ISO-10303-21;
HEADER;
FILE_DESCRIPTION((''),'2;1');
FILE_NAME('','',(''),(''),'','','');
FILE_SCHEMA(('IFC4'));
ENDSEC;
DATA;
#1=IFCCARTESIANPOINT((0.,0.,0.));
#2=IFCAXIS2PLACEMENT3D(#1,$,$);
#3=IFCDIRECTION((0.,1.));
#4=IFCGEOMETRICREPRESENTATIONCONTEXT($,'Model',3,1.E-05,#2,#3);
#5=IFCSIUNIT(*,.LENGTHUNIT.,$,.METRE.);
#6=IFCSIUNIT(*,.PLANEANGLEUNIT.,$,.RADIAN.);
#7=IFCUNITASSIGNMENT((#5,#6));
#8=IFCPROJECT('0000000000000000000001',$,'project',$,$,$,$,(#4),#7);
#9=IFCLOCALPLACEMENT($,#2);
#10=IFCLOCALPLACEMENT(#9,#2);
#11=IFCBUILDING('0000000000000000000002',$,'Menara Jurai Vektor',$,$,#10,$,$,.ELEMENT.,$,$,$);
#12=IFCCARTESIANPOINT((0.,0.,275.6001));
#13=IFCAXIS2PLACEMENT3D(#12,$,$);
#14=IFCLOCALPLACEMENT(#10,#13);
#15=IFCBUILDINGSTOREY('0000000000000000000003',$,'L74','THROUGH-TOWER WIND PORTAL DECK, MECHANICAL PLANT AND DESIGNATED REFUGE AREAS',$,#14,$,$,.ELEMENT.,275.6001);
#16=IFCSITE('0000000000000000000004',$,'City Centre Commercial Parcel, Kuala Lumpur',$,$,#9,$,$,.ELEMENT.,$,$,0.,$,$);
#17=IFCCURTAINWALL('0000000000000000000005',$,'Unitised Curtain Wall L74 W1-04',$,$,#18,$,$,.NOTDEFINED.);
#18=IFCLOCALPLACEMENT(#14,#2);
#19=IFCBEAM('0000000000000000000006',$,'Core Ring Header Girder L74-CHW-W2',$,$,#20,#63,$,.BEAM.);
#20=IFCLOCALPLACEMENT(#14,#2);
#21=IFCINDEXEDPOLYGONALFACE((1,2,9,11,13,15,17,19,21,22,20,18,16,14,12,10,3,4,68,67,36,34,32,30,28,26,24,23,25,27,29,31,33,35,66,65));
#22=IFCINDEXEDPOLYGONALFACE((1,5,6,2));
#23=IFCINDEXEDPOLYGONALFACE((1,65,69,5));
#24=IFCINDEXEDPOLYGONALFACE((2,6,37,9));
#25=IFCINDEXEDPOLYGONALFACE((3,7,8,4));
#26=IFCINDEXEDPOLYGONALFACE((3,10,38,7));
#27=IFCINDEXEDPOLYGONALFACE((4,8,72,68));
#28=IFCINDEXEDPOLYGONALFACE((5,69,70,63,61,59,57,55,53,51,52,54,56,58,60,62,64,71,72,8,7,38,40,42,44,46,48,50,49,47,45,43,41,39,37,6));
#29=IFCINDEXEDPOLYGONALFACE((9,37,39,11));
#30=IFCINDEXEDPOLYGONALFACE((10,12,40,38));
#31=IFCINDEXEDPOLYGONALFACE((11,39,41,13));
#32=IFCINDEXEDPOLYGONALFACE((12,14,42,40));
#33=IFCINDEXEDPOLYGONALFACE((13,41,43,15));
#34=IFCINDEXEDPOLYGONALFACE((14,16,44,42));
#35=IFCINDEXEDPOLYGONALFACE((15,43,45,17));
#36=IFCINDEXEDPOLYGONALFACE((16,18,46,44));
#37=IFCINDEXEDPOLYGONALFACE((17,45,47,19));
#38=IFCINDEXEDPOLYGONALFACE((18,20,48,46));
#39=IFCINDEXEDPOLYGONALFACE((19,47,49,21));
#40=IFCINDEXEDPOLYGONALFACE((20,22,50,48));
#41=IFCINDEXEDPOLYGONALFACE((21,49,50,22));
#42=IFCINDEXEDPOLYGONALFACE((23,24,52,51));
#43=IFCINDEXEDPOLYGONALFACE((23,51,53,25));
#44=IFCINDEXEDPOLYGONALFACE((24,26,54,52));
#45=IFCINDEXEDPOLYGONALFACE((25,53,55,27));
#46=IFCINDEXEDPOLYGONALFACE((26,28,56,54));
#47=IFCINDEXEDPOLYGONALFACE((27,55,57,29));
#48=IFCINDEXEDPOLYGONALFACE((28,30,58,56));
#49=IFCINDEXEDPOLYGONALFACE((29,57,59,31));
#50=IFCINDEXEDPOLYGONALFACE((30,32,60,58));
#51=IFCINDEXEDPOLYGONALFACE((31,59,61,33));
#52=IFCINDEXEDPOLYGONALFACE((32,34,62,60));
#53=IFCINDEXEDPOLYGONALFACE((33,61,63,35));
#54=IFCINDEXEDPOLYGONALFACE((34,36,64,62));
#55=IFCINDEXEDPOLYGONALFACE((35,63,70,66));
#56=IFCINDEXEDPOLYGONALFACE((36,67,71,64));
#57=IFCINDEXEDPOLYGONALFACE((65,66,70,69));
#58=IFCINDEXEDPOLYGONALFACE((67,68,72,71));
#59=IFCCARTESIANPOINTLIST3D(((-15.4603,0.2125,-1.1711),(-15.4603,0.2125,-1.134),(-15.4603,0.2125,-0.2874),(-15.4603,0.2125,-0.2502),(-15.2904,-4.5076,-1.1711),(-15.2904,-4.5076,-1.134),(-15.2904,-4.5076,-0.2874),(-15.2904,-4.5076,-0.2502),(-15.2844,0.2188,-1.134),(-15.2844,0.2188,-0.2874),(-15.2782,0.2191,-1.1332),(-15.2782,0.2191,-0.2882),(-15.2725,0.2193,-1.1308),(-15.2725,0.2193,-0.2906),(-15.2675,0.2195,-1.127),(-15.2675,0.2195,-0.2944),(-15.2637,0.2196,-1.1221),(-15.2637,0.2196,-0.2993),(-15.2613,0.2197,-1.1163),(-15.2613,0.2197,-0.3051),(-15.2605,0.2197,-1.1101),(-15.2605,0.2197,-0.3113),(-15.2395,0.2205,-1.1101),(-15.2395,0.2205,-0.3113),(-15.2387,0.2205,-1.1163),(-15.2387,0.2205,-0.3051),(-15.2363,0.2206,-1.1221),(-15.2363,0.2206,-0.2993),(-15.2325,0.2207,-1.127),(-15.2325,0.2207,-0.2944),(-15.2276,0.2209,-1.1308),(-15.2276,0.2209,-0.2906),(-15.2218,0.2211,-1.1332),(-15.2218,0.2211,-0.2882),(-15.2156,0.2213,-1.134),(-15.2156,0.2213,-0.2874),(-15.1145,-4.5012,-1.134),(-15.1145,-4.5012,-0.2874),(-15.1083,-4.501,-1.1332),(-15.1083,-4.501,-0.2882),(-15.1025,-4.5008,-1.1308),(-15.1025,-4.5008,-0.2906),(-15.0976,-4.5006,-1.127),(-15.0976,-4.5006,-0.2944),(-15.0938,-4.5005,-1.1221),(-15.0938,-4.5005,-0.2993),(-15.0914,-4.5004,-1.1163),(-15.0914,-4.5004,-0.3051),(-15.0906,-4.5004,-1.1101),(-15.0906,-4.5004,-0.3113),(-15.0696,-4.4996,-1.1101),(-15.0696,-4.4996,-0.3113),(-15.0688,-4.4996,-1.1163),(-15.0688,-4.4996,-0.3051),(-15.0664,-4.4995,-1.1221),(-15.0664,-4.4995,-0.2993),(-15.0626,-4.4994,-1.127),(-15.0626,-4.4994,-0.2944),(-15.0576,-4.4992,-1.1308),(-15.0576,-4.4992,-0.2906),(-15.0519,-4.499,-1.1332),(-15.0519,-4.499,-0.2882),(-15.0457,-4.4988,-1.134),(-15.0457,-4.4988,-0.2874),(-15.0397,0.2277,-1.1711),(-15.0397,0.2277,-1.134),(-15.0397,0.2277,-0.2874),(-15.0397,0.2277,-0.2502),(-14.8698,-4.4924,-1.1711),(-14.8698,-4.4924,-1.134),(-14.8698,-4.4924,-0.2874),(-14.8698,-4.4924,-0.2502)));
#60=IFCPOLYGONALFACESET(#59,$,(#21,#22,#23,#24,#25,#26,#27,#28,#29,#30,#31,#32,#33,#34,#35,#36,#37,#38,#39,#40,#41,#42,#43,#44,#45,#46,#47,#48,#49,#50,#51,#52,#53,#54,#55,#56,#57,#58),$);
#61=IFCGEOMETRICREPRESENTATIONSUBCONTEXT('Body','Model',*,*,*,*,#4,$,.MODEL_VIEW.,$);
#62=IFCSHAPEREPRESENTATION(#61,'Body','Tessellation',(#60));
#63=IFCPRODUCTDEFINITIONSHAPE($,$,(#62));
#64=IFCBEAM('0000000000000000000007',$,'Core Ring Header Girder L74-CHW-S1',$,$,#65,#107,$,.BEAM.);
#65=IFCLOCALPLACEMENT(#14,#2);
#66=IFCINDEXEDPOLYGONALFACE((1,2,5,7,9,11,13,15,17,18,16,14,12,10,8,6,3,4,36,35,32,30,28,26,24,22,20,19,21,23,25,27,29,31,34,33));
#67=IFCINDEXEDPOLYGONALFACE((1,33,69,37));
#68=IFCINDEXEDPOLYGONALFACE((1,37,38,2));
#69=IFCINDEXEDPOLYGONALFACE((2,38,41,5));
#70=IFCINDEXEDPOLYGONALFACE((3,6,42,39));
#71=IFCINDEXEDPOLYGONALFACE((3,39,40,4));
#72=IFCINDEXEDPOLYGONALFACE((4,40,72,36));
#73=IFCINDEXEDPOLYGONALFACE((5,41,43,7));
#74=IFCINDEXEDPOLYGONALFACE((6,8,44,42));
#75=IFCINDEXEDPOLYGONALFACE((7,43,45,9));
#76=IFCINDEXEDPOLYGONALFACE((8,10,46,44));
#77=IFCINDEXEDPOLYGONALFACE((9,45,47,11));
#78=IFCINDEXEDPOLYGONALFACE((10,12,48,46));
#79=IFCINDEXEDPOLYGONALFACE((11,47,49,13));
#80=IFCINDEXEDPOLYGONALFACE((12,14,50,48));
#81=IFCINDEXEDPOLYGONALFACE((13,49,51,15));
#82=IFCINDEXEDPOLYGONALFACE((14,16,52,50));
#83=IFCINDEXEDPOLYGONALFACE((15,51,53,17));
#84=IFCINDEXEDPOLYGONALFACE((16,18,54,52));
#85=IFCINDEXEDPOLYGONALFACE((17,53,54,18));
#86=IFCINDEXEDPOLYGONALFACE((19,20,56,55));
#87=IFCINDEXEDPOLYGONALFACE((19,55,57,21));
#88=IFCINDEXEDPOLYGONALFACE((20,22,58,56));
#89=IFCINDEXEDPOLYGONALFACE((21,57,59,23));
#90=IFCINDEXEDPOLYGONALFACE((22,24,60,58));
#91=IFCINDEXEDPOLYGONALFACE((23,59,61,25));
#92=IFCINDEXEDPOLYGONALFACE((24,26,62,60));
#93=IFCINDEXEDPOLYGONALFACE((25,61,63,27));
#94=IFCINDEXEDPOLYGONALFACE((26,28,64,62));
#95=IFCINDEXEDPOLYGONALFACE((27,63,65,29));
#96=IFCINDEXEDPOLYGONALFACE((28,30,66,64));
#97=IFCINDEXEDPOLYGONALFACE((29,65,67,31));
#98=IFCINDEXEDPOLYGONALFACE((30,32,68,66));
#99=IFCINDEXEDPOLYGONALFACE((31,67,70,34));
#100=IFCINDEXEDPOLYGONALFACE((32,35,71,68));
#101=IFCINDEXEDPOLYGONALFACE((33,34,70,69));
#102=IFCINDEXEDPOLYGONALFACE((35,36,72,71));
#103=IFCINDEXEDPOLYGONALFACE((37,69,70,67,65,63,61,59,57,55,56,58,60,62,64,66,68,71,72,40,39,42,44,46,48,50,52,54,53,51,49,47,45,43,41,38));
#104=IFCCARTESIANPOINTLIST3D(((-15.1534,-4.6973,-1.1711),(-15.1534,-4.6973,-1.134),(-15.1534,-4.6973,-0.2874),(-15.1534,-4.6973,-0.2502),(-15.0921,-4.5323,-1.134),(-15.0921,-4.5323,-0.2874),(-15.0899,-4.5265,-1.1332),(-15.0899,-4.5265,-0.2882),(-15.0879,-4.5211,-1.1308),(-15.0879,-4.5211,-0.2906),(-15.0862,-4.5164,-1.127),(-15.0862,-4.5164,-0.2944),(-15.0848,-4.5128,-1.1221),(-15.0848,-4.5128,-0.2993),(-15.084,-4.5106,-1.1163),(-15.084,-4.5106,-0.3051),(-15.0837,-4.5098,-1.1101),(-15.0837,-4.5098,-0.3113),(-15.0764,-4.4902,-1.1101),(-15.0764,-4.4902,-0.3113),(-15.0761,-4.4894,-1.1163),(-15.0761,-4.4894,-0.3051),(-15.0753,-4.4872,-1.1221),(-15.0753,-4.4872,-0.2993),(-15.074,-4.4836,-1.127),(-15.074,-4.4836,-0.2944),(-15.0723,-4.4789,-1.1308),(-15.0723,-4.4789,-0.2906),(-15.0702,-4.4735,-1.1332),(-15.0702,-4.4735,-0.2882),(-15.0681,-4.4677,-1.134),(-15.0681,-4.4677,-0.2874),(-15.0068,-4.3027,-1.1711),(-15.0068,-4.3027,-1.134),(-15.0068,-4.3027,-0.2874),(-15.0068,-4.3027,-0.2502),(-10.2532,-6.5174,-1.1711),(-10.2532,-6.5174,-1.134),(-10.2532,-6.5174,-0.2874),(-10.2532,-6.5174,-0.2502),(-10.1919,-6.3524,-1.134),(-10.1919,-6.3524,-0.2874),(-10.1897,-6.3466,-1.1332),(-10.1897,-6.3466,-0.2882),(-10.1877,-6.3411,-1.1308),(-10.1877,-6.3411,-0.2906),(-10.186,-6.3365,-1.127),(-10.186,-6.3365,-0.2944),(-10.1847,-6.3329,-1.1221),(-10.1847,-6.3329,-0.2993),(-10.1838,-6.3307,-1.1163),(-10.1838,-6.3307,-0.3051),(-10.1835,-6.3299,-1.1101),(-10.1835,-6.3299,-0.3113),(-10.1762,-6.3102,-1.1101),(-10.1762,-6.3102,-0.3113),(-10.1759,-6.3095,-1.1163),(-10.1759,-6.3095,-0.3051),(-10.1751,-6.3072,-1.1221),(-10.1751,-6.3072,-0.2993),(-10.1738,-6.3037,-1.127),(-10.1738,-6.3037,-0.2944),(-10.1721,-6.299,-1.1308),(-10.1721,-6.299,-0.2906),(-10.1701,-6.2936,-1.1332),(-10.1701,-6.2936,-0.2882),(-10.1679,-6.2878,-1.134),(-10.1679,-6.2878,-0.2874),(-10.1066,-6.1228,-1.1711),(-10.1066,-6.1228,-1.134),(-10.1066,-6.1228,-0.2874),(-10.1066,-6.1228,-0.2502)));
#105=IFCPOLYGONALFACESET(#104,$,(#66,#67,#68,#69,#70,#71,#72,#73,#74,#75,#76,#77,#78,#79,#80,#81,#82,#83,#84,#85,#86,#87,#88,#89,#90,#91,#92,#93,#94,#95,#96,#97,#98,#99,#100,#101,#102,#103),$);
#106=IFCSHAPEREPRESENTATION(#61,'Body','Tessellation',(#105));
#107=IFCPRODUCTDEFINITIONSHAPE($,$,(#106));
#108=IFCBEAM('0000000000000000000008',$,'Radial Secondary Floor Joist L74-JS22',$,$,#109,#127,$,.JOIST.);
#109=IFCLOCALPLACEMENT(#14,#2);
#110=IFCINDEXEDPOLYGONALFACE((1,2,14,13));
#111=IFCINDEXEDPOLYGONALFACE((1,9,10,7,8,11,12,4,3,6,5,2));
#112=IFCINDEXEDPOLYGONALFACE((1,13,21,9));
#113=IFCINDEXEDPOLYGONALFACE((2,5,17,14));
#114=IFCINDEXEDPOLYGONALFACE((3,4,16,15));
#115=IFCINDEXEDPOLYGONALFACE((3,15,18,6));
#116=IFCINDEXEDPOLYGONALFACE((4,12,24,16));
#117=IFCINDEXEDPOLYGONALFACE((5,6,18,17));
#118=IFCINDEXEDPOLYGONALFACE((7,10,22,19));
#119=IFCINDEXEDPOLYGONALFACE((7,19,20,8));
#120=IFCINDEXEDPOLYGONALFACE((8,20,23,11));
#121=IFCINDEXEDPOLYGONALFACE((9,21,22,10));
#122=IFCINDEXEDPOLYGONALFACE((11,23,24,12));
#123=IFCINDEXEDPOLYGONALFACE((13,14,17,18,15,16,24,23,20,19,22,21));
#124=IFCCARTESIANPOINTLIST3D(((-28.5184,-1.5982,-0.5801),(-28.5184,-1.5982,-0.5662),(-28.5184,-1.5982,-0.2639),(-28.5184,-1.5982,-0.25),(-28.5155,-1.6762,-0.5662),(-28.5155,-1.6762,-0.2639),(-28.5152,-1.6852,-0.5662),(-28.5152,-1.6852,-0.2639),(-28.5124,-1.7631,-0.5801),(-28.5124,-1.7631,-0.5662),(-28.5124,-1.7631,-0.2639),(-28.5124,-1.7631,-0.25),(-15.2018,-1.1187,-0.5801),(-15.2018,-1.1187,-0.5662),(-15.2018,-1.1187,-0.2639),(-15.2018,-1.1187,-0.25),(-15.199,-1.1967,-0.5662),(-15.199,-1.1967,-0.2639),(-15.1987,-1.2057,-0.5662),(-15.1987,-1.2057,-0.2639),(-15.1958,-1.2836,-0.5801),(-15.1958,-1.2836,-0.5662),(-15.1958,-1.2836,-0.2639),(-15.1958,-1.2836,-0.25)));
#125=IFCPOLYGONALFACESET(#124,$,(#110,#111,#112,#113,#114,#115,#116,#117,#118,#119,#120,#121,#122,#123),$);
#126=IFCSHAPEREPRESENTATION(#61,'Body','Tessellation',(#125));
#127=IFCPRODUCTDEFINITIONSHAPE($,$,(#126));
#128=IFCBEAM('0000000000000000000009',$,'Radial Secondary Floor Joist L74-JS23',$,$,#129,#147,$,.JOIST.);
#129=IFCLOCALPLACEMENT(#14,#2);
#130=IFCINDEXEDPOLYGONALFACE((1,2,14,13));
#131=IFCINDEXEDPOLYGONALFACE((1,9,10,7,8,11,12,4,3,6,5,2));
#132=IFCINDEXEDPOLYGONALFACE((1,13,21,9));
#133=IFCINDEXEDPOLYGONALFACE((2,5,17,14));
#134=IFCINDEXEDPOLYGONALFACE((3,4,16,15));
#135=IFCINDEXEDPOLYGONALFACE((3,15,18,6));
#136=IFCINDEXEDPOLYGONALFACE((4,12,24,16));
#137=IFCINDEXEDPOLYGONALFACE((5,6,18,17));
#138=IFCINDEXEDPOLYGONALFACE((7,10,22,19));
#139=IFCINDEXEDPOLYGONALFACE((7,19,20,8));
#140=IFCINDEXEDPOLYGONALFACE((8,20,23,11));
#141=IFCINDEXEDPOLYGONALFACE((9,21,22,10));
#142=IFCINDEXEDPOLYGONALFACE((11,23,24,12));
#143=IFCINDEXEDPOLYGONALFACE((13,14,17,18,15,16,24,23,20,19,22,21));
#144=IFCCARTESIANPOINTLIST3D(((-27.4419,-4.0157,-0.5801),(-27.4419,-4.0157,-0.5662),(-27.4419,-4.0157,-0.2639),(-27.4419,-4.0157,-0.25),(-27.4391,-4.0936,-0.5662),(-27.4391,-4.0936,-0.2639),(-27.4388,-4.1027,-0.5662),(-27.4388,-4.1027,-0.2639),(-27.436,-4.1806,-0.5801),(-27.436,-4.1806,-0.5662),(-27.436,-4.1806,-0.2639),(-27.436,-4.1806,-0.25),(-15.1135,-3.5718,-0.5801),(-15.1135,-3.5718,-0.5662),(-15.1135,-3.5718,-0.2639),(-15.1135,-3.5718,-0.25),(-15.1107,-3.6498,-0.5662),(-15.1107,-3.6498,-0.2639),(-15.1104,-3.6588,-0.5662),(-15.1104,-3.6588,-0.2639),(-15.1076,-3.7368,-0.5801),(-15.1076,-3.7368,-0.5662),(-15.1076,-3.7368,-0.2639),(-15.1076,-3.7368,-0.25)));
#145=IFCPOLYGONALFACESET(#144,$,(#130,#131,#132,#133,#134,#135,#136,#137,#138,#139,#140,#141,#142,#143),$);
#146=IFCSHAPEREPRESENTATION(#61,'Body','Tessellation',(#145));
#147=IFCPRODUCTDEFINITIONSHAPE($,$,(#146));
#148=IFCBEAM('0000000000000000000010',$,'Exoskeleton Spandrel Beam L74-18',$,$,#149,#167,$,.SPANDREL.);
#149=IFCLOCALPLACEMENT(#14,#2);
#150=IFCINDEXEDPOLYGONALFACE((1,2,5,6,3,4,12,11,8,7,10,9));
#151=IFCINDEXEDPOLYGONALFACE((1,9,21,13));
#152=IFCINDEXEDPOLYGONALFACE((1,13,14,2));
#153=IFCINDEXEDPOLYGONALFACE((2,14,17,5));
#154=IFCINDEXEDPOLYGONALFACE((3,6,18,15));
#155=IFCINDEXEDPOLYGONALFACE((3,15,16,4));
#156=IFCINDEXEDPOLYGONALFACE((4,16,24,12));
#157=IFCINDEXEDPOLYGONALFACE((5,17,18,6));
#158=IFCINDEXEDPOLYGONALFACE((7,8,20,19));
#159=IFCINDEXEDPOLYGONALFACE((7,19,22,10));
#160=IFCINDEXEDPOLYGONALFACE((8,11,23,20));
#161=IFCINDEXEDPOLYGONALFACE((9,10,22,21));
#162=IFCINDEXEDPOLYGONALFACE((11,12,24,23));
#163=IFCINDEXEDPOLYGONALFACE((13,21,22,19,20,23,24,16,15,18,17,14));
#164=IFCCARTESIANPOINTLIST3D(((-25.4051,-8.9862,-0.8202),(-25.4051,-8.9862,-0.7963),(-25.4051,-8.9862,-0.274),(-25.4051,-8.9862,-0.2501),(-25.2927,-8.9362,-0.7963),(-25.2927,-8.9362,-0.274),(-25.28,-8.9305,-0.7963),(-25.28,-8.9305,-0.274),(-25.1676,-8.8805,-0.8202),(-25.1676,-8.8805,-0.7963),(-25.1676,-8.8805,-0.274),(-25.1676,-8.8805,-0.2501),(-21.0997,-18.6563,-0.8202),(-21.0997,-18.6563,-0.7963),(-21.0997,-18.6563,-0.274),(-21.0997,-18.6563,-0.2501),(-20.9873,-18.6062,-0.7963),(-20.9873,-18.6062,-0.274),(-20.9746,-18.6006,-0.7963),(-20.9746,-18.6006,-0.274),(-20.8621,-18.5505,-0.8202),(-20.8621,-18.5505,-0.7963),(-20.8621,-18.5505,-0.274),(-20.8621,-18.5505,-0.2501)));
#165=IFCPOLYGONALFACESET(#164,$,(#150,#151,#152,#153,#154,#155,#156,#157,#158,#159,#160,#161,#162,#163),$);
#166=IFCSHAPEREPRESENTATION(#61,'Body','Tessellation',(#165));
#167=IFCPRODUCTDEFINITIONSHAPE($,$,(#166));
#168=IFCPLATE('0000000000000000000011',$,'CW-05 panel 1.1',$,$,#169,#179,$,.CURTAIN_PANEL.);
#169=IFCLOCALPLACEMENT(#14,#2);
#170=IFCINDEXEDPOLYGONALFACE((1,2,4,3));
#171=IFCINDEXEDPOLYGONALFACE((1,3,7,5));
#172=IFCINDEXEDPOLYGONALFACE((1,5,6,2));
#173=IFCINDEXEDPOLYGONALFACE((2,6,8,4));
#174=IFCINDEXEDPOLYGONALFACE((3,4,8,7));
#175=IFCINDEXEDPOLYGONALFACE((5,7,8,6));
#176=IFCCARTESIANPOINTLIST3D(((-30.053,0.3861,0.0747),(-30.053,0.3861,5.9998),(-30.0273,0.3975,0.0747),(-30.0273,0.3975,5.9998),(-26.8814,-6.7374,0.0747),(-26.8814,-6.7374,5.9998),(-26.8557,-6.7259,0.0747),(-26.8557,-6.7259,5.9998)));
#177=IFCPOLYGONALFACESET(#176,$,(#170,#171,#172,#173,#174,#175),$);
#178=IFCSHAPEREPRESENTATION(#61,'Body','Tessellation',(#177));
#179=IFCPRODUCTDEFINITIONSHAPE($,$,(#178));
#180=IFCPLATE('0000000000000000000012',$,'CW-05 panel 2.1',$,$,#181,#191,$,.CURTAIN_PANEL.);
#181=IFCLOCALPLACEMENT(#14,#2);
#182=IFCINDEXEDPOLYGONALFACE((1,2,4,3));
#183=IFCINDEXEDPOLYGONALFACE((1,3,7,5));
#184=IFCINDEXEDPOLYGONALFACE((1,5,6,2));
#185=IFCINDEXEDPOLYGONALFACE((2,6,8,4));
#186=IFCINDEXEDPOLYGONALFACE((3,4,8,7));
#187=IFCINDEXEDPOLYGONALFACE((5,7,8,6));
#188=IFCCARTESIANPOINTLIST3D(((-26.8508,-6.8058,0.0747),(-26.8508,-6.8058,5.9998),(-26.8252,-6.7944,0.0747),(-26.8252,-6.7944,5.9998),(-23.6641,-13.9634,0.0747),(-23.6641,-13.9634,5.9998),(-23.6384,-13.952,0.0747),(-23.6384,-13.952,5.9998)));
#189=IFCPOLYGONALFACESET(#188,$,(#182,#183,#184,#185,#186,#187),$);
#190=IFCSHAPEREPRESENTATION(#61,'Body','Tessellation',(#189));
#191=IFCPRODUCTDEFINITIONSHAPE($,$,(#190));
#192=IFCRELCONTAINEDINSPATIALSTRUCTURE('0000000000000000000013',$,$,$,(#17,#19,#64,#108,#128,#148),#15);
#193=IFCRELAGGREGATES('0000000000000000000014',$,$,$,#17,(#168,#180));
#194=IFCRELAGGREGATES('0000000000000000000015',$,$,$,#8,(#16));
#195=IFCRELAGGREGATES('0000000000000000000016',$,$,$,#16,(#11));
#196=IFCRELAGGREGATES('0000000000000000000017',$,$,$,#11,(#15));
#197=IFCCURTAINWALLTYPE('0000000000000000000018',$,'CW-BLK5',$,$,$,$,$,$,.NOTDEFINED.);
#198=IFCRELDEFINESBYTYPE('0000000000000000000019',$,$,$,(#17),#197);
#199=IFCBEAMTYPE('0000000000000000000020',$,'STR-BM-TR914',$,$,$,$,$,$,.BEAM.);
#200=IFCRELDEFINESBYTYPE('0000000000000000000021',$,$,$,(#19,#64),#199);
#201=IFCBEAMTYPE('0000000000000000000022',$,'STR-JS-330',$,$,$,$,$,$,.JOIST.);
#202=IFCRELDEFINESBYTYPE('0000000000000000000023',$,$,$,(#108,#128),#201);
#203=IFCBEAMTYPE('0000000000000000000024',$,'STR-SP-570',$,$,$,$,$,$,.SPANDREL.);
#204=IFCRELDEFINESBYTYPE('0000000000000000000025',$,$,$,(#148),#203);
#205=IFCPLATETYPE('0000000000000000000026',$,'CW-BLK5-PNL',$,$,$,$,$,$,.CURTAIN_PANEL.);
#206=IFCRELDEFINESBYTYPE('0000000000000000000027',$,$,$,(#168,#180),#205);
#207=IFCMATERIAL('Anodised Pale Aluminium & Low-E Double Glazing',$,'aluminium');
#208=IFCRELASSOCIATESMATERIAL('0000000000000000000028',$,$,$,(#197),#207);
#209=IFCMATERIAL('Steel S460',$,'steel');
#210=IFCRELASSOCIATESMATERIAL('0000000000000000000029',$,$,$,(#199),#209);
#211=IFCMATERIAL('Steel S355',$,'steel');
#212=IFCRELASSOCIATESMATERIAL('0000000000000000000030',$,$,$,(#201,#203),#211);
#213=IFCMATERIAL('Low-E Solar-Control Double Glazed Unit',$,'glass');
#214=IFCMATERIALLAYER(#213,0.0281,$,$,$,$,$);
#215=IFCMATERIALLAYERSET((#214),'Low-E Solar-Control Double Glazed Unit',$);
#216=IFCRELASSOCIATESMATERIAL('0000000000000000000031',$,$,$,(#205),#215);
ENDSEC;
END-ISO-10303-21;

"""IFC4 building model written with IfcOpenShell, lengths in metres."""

from ifc_helpers import new_model, si_unit, direction, frame, origin, origin_2d, place, context, subcontext, project, spatial, rectangle, i_section, extrude, material, layer, layer_set, material_profile, profile_set, type_object, element, aggregate, save


model = new_model("IFC4")

# Units and contexts
model_context = context("Model", 3, precision=1e-05, world=origin(), true_north=direction((0.0, 1.0)))
body_context = subcontext(model_context, "Body", "Model", "MODEL_VIEW")
ifc_project = project(units=[si_unit("LENGTHUNIT", "METRE"), si_unit("PLANEANGLEUNIT", "RADIAN")], contexts=[model_context])

# Site, building, storey
site_placement = place(None, origin())
site = spatial("IfcSite", under=ifc_project, at=site_placement, Name="City Centre Commercial Parcel, Kuala Lumpur", CompositionType="ELEMENT", RefElevation=0.0)
building_placement = place(site_placement, origin())
building = spatial("IfcBuilding", under=site, at=building_placement, Name="Menara Jurai Vektor", CompositionType="ELEMENT")
storey_placement = place(building_placement, frame((0.0, 0.0, 275.6001)))
storey = spatial("IfcBuildingStorey", under=building, at=storey_placement, Name="L74", Description="THROUGH-TOWER WIND PORTAL DECK, MECHANICAL PLANT AND DESIGNATED REFUGE AREAS", CompositionType="ELEMENT", Elevation=275.6001)

# Shared definitions
ifc_material_1 = material(Name="Steel S460", Category="steel")

# Curtain wall
ifc_material_2 = material(Name="Anodised Pale Aluminium & Low-E Double Glazing", Category="aluminium")
curtain_wall_type = type_object("IfcCurtainWallType", Name="CW-BLK5", PredefinedType="NOTDEFINED", material=ifc_material_2)
curtain_wall_placement = place(storey_placement, origin())
curtain_wall = element("IfcCurtainWall", 1, at=curtain_wall_placement, inside=storey, type_object=curtain_wall_type, Name="Unitised Curtain Wall L74 W1-04", PredefinedType="NOTDEFINED")

# Beams
ifc_material_3 = material(Name="Steel S355", Category="steel")
ifc_material_profile_1 = material_profile(ifc_material_1, i_section(OverallWidth=0.4209, OverallDepth=0.9209, WebThickness=0.021, FlangeThickness=0.0371, FilletRadius=0.0239, at=origin_2d()), Name="UKB 914x419x388")
ifc_profile_set_1 = profile_set([ifc_material_profile_1], Name="Steel S460")
beam_type_1 = type_object("IfcBeamType", Name="STR-BM-TR914", PredefinedType="BEAM", material=ifc_profile_set_1)
beam_1_placement = place(storey_placement, frame((-15.0801, -4.5, -0.7107), z_axis=(-0.035977, 0.999353, 0.0), x_axis=(-0.999353, -0.035977, 0.0)))
element("IfcBeam", 2, at=beam_1_placement, inside=storey, type_object=beam_type_1, Name="Core Ring Header Girder L74-CHW-W2", PredefinedType="BEAM", context=body_context, shape_type="SweptSolid", body=[
    extrude(i_section(OverallWidth=0.4209, OverallDepth=0.9209, WebThickness=0.021, FlangeThickness=0.0371, FilletRadius=0.0239, at=origin_2d()), origin(), (0.0, 0.0, 1.0), 4.7231),
])
beam_2_placement = place(storey_placement, frame((-15.0801, -4.5, -0.7107), z_axis=(0.937424, -0.348189, 0.0), x_axis=(0.348189, 0.937424, 0.0)))
element("IfcBeam", 3, at=beam_2_placement, inside=storey, type_object=beam_type_1, Name="Core Ring Header Girder L74-CHW-S1", PredefinedType="BEAM", context=body_context, shape_type="SweptSolid", body=[
    extrude(i_section(OverallWidth=0.4209, OverallDepth=0.9209, WebThickness=0.021, FlangeThickness=0.0371, FilletRadius=0.0239, at=origin_2d()), origin(), (0.0, 0.0, 1.0), 5.2273),
])
ifc_material_profile_2 = material_profile(ifc_material_3, i_section(OverallWidth=0.165, OverallDepth=0.3301, WebThickness=0.009, FlangeThickness=0.0139, at=origin_2d()), Name="PG 330x165x46")
ifc_profile_set_2 = profile_set([ifc_material_profile_2], Name="Steel S355")
beam_type_2 = type_object("IfcBeamType", Name="STR-JS-330", PredefinedType="JOIST", material=ifc_profile_set_2)
beam_3_placement = place(storey_placement, frame((-28.5154, -1.6807, -0.415), z_axis=(0.999352, 0.035984, 0.0), x_axis=(-0.035984, 0.999352, 0.0)))
element("IfcBeam", 4, at=beam_3_placement, inside=storey, type_object=beam_type_2, Name="Radial Secondary Floor Joist L74-JS22", PredefinedType="JOIST", context=body_context, shape_type="SweptSolid", body=[
    extrude(i_section(OverallWidth=0.165, OverallDepth=0.3301, WebThickness=0.009, FlangeThickness=0.0139, at=origin_2d()), origin(), (0.0, 0.0, 1.0), 13.3252),
])
beam_4_placement = place(storey_placement, frame((-27.439, -4.0981, -0.415), z_axis=(0.999353, 0.035979, 0.0), x_axis=(-0.035979, 0.999353, 0.0)))
element("IfcBeam", 5, at=beam_4_placement, inside=storey, type_object=beam_type_2, Name="Radial Secondary Floor Joist L74-JS23", PredefinedType="JOIST", context=body_context, shape_type="SweptSolid", body=[
    extrude(i_section(OverallWidth=0.165, OverallDepth=0.3301, WebThickness=0.009, FlangeThickness=0.0139, at=origin_2d()), origin(), (0.0, 0.0, 1.0), 12.3364),
])
ifc_material_profile_3 = material_profile(ifc_material_3, i_section(OverallWidth=0.26, OverallDepth=0.5701, WebThickness=0.0139, FlangeThickness=0.0239, at=origin_2d()), Name="PG 570x260x145")
ifc_profile_set_3 = profile_set([ifc_material_profile_3], Name="Steel S355")
beam_type_3 = type_object("IfcBeamType", Name="STR-SP-570", PredefinedType="SPANDREL", material=ifc_profile_set_3)
beam_5_placement = place(storey_placement, frame((-25.2864, -8.9333, -0.5352), z_axis=(0.406744, -0.913542, 0.0), x_axis=(0.913542, 0.406744, 0.0)))
element("IfcBeam", 6, at=beam_5_placement, inside=storey, type_object=beam_type_3, Name="Exoskeleton Spandrel Beam L74-18", PredefinedType="SPANDREL", context=body_context, shape_type="SweptSolid", body=[
    extrude(i_section(OverallWidth=0.26, OverallDepth=0.5701, WebThickness=0.0139, FlangeThickness=0.0239, at=origin_2d()), origin(), (0.0, 0.0, 1.0), 10.5852),
])

# Plates
ifc_material_4 = material(Name="Low-E Solar-Control Double Glazed Unit", Category="glass")
ifc_layer_1 = layer(ifc_material_4, 0.0281)
ifc_layer_set_1 = layer_set([ifc_layer_1], Name="Low-E Solar-Control Double Glazed Unit")
plate_type = type_object("IfcPlateType", Name="CW-BLK5-PNL", PredefinedType="CURTAIN_PANEL", material=ifc_layer_set_1)
plate_1_placement = place(storey_placement, frame((-28.4543, -3.1699, 0.0747), z_axis=(0.0, 0.0, 1.0), x_axis=(0.406735, -0.913546, 0.0)))
plate_1 = element("IfcPlate", 7, at=plate_1_placement, type_object=plate_type, Name="CW-05 panel 1.1", PredefinedType="CURTAIN_PANEL", context=body_context, shape_type="SweptSolid", body=[
    extrude(rectangle(XDim=7.7976, YDim=0.0281, at=origin_2d()), origin(), (0.0, 0.0, 1.0), 5.925),
])
plate_2_placement = place(storey_placement, frame((-25.2446, -10.3789, 0.0747), z_axis=(0.0, 0.0, 1.0), x_axis=(0.406735, -0.913546, 0.0)))
plate_2 = element("IfcPlate", 8, at=plate_2_placement, type_object=plate_type, Name="CW-05 panel 2.1", PredefinedType="CURTAIN_PANEL", context=body_context, shape_type="SweptSolid", body=[
    extrude(rectangle(XDim=7.835, YDim=0.0281, at=origin_2d()), origin(), (0.0, 0.0, 1.0), 5.925),
])
aggregate(curtain_wall, [plate_1, plate_2])

save(model, "model.ifc")
